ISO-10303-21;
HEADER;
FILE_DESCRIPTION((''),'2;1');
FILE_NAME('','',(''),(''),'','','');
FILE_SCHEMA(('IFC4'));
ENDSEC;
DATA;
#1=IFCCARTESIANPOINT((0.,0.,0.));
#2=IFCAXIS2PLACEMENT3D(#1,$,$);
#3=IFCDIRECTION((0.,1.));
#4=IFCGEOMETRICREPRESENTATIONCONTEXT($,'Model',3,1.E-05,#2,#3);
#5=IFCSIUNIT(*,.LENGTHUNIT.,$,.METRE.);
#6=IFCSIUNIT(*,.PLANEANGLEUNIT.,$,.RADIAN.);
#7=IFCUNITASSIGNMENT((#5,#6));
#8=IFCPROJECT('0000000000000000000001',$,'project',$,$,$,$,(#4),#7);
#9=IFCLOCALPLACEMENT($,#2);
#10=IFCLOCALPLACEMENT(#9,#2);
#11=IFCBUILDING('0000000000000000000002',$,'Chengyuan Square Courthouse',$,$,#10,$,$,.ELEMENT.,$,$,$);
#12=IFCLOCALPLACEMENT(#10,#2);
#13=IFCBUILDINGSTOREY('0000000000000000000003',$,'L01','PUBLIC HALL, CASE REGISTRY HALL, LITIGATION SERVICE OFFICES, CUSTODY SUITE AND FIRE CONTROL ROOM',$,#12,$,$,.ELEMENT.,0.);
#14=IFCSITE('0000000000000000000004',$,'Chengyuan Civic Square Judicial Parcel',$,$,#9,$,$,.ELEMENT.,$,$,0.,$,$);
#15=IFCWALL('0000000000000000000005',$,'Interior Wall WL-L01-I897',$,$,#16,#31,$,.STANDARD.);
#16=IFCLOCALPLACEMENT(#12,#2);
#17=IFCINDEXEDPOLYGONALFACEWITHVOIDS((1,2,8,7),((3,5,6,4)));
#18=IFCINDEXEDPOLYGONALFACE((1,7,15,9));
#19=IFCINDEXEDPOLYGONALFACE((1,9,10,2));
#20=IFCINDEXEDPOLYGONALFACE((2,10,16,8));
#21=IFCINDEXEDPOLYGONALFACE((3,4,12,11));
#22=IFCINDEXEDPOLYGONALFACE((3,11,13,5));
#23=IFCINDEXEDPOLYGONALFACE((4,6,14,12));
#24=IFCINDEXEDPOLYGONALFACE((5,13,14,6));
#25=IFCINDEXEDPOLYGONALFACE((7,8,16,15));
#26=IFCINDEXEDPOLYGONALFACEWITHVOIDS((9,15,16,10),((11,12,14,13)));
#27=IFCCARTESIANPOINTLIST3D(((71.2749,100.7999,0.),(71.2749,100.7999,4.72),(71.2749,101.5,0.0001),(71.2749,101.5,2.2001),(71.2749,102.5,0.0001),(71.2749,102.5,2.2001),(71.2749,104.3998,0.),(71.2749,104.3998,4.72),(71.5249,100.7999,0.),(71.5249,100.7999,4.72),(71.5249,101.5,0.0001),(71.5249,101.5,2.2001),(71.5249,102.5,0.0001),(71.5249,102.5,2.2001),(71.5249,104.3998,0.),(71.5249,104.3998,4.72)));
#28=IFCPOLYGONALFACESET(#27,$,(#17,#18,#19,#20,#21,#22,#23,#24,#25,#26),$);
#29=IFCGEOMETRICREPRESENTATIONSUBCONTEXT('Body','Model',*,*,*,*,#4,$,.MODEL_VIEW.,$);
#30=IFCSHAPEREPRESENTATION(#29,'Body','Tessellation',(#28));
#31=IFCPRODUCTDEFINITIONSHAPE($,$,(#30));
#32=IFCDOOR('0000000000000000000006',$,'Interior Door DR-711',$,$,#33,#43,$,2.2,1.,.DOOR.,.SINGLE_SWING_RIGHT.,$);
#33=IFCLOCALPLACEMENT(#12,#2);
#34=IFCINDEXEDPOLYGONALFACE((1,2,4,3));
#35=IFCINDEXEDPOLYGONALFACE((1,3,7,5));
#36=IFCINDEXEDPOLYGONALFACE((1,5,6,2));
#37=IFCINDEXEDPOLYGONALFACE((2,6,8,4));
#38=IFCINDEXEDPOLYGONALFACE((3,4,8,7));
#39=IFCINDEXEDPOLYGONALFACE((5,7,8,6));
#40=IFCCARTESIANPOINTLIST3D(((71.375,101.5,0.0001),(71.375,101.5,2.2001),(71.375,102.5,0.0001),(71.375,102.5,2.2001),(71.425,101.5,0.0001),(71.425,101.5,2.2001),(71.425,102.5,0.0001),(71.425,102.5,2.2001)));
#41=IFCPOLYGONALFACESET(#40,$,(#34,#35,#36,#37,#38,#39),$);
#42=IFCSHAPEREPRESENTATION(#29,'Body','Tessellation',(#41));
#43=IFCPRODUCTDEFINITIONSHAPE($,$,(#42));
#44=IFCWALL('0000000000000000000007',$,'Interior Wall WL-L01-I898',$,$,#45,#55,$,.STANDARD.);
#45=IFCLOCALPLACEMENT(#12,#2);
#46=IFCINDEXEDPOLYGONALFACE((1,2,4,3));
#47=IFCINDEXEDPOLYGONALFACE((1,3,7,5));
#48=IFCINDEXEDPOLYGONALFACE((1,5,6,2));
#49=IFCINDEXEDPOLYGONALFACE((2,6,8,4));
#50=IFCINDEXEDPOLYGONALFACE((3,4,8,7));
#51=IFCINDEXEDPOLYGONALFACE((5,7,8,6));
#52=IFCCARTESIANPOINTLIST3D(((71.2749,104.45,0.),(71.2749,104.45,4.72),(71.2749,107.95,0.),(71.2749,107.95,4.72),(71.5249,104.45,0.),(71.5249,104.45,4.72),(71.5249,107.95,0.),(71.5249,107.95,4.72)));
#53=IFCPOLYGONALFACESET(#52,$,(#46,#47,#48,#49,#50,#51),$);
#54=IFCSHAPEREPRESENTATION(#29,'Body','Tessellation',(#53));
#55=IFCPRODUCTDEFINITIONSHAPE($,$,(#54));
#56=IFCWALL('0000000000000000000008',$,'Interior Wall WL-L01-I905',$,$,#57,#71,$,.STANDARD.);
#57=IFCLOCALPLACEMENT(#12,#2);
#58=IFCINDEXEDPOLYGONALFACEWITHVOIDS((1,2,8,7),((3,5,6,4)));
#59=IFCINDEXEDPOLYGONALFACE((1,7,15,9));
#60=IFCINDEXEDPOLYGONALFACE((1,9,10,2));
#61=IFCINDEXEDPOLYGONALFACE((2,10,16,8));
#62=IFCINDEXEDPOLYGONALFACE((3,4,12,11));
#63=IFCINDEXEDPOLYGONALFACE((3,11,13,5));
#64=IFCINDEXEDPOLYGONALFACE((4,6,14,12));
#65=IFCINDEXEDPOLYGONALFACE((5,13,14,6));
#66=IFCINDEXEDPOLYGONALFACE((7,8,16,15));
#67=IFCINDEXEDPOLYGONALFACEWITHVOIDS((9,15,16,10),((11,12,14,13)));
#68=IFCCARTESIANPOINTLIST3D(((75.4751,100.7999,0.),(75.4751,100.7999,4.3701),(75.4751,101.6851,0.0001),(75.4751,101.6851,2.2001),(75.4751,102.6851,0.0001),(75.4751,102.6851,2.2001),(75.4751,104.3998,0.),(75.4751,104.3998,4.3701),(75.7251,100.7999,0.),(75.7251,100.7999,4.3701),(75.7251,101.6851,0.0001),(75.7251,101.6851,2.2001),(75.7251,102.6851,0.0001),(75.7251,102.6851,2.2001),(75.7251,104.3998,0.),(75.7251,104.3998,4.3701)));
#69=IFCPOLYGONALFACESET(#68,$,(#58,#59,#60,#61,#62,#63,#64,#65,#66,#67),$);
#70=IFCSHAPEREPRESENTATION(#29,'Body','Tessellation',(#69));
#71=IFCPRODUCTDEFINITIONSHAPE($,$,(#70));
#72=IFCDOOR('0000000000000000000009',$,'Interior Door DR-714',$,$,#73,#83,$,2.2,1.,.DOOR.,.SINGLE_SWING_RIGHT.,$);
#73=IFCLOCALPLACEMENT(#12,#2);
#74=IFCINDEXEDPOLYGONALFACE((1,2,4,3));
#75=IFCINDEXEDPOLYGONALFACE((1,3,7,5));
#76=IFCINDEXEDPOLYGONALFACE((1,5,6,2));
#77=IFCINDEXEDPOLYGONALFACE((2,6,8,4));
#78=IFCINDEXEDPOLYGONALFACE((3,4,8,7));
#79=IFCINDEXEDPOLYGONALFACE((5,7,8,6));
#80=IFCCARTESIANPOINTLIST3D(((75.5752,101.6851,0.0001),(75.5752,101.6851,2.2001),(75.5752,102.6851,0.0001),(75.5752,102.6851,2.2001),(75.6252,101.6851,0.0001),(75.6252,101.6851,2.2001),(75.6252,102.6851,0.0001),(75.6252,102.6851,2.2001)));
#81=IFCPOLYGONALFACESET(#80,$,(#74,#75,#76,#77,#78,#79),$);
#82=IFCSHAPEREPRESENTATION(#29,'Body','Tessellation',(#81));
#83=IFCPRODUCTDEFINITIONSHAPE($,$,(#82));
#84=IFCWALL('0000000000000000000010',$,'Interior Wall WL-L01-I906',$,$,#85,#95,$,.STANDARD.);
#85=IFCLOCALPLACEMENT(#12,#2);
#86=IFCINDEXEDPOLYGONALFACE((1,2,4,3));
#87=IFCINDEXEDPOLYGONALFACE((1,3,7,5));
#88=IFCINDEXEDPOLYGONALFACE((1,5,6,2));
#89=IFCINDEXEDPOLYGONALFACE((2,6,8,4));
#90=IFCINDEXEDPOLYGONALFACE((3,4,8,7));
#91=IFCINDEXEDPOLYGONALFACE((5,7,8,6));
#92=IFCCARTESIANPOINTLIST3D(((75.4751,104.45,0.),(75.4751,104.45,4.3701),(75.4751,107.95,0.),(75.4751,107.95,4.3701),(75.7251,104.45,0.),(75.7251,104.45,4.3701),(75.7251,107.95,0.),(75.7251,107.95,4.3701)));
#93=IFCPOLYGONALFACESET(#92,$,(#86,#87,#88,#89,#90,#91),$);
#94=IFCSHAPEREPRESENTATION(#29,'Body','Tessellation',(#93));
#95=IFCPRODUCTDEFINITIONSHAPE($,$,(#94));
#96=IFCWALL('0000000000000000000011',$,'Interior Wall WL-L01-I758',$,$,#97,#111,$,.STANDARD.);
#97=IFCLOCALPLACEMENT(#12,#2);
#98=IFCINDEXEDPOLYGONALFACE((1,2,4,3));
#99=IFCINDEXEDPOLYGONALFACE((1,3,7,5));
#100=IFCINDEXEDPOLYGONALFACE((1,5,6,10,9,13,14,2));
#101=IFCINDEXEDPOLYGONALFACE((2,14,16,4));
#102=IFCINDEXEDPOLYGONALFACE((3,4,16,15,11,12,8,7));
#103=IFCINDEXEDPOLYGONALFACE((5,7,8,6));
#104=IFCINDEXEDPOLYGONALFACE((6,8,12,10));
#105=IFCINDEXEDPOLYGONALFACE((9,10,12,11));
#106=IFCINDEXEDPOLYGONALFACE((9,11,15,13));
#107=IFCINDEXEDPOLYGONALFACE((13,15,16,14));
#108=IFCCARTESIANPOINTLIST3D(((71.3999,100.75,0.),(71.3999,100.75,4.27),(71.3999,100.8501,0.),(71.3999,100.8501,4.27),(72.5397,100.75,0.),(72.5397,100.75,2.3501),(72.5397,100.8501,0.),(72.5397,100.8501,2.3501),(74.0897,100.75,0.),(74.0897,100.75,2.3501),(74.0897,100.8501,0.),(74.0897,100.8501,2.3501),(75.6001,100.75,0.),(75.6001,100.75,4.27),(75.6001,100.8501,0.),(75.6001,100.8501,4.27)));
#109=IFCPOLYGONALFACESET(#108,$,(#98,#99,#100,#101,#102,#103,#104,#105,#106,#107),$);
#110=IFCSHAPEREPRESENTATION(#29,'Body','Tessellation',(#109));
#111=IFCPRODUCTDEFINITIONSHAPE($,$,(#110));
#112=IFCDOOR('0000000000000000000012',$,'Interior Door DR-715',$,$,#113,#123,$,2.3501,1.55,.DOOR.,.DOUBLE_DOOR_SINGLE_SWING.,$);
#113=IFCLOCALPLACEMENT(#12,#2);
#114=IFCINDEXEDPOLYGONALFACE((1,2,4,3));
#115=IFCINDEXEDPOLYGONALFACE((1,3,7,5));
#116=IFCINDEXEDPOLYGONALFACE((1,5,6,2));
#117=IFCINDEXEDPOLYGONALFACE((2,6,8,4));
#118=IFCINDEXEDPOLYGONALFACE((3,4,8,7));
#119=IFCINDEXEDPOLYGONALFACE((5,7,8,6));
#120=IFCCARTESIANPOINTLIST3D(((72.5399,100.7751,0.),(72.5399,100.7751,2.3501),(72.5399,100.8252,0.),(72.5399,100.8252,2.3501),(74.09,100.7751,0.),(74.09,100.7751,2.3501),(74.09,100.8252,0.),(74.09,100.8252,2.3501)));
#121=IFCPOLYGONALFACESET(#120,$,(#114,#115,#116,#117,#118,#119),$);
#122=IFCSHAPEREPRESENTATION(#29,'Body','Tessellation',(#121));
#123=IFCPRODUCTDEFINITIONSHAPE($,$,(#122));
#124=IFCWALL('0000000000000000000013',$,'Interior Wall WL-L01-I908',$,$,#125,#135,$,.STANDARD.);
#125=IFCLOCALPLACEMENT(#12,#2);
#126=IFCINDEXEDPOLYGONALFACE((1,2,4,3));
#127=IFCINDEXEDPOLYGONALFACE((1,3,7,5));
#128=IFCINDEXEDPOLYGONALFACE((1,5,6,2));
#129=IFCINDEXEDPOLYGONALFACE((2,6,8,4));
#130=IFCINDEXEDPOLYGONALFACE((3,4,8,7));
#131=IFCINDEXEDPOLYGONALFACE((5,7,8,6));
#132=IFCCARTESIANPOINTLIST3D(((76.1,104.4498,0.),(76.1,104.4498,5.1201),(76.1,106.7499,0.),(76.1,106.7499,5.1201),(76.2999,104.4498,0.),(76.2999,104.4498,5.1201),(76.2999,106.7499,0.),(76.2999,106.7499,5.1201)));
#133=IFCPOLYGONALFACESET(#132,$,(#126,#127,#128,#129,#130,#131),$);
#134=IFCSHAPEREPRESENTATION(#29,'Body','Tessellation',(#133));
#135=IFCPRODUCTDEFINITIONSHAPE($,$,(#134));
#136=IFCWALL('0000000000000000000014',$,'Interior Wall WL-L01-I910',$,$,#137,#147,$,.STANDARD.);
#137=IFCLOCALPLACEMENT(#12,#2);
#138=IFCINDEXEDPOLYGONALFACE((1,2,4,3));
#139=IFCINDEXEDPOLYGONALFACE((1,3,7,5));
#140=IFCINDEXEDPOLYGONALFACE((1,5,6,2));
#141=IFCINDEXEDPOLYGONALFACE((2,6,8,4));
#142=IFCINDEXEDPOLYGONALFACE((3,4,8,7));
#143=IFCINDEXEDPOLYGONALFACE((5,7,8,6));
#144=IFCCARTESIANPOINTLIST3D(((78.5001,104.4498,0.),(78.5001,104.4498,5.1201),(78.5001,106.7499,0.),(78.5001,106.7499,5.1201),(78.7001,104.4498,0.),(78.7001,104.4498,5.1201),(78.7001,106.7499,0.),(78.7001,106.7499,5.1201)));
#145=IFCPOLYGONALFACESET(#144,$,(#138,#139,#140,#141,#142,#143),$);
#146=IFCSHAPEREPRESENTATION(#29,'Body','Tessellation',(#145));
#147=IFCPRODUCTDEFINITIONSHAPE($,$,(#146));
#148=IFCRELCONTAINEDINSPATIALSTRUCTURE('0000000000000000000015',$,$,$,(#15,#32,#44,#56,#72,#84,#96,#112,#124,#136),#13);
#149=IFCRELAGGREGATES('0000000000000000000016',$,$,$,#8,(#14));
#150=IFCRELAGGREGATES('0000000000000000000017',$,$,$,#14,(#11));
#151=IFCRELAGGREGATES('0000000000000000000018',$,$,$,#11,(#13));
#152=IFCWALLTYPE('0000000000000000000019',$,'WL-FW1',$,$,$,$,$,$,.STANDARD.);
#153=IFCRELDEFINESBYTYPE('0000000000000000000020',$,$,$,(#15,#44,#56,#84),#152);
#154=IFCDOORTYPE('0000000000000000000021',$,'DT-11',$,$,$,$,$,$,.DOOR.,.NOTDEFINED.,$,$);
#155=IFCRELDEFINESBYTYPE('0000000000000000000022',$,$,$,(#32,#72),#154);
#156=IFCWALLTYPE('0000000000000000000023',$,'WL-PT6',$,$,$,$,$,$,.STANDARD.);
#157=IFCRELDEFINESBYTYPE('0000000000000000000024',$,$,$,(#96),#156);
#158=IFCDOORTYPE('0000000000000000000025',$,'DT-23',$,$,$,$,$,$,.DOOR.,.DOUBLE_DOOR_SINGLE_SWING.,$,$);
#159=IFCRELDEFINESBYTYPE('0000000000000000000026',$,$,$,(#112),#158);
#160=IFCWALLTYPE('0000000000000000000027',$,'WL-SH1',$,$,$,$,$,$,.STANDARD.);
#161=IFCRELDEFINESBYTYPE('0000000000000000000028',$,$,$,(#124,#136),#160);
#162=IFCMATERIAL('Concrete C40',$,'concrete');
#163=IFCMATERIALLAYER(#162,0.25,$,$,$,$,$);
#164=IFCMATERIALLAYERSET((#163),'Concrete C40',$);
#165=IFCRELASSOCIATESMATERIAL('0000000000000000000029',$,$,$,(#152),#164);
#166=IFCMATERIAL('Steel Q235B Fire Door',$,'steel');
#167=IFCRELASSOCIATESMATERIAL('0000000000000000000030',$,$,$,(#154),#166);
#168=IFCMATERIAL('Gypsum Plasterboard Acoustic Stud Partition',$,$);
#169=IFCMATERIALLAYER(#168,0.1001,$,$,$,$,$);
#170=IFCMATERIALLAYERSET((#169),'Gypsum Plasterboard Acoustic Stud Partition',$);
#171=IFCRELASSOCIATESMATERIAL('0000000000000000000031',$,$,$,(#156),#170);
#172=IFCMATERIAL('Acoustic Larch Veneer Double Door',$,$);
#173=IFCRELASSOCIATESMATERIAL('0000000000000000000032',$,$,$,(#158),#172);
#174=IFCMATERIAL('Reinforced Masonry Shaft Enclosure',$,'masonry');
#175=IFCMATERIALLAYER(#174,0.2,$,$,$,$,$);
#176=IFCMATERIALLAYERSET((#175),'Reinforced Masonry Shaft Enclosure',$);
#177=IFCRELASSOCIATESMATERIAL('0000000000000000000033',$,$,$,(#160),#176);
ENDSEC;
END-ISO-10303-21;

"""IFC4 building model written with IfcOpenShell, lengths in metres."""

from ifc_helpers import new_model, si_unit, direction, frame, frame_2d, origin, place, context, subcontext, project, spatial, rectangle, extrude, material, layer, layer_set, type_object, element, fill, save


model = new_model("IFC4")

# Units and contexts
model_context = context("Model", 3, precision=1e-05, world=origin(), true_north=direction((0.0, 1.0)))
body_context = subcontext(model_context, "Body", "Model", "MODEL_VIEW")
ifc_project = project(units=[si_unit("LENGTHUNIT", "METRE"), si_unit("PLANEANGLEUNIT", "RADIAN")], contexts=[model_context])

# Site, building, storey
site_placement = place(None, origin())
site = spatial("IfcSite", under=ifc_project, at=site_placement, Name="Chengyuan Civic Square Judicial Parcel", CompositionType="ELEMENT", RefElevation=0.0)
building_placement = place(site_placement, origin())
building = spatial("IfcBuilding", under=site, at=building_placement, Name="Chengyuan Square Courthouse", CompositionType="ELEMENT")
storey_placement = place(building_placement, origin())
storey = spatial("IfcBuildingStorey", under=building, at=storey_placement, Name="L01", Description="PUBLIC HALL, CASE REGISTRY HALL, LITIGATION SERVICE OFFICES, CUSTODY SUITE AND FIRE CONTROL ROOM", CompositionType="ELEMENT", Elevation=0.0)

# Shared definitions
ifc_material_1 = material(Name="Concrete C40", Category="concrete")

# Shared definitions
ifc_layer_1 = layer(ifc_material_1, 0.25)
ifc_layer_set_1 = layer_set([ifc_layer_1], Name="Concrete C40")
wall_type_1 = type_object("IfcWallType", Name="WL-FW1", PredefinedType="STANDARD", material=ifc_layer_set_1)

# Wall, opening, door
ifc_material_2 = material(Name="Steel Q235B Fire Door", Category="steel")
wall_1_placement = place(storey_placement, frame((71.3999, 100.8, 0.0), z_axis=(0.0, 0.0, 1.0), x_axis=(0.0, 1.0, 0.0)))
wall_1 = element("IfcWall", 1, at=wall_1_placement, inside=storey, type_object=wall_type_1, Name="Interior Wall WL-L01-I897", PredefinedType="STANDARD", context=body_context, shape_type="SweptSolid", body=[
    extrude(rectangle(XDim=3.5999, YDim=0.25, at=frame_2d((1.7998, 0.0))), origin(), (0.0, 0.0, 1.0), 4.72),
])
opening_1_placement = place(wall_1_placement, frame((0.7, 0.0, 0.0)))
opening_1 = element("IfcOpeningElement", 2, at=opening_1_placement, cuts=wall_1, PredefinedType="OPENING", context=body_context, shape_type="SweptSolid", body=[
    extrude(rectangle(XDim=1.0, YDim=2.2, at=frame_2d((0.5, 1.1001))), frame((0.0, 0.137, 0.0), z_axis=(0.0, -1.0, 0.0), x_axis=(1.0, 0.0, 0.0)), (0.0, 0.0, 1.0), 0.2739),
])
door_type_1 = type_object("IfcDoorType", Name="DT-11", OperationType="NOTDEFINED", PredefinedType="DOOR", material=ifc_material_2)
door_1_placement = place(opening_1_placement, origin())
door_1 = element("IfcDoor", 3, at=door_1_placement, inside=storey, type_object=door_type_1, Name="Interior Door DR-711", OperationType="SINGLE_SWING_RIGHT", OverallHeight=2.2, OverallWidth=1.0, PredefinedType="DOOR", context=body_context, shape_type="SweptSolid", body=[
    extrude(rectangle(XDim=1.0, YDim=2.2, at=frame_2d((0.5, 1.1001))), frame((0.0, 0.0249, 0.0), z_axis=(0.0, -1.0, 0.0), x_axis=(1.0, 0.0, 0.0)), (0.0, 0.0, 1.0), 0.05),
])
fill(opening_1, door_1)

# Wall
wall_2_placement = place(storey_placement, frame((71.3999, 104.45, 0.0), z_axis=(0.0, 0.0, 1.0), x_axis=(0.0, 1.0, 0.0)))
element("IfcWall", 4, at=wall_2_placement, inside=storey, type_object=wall_type_1, Name="Interior Wall WL-L01-I898", PredefinedType="STANDARD", context=body_context, shape_type="SweptSolid", body=[
    extrude(rectangle(XDim=3.5, YDim=0.25, at=frame_2d((1.75, 0.0))), origin(), (0.0, 0.0, 1.0), 4.72),
])

# Wall, opening, door
wall_3_placement = place(storey_placement, frame((75.6001, 100.8, 0.0), z_axis=(0.0, 0.0, 1.0), x_axis=(0.0, 1.0, 0.0)))
wall_3 = element("IfcWall", 5, at=wall_3_placement, inside=storey, type_object=wall_type_1, Name="Interior Wall WL-L01-I905", PredefinedType="STANDARD", context=body_context, shape_type="SweptSolid", body=[
    extrude(rectangle(XDim=3.5999, YDim=0.25, at=frame_2d((1.7998, 0.0))), origin(), (0.0, 0.0, 1.0), 4.3701),
])
opening_2_placement = place(wall_3_placement, frame((0.885, 0.0, 0.0)))
opening_2 = element("IfcOpeningElement", 6, at=opening_2_placement, cuts=wall_3, PredefinedType="OPENING", context=body_context, shape_type="SweptSolid", body=[
    extrude(rectangle(XDim=1.0, YDim=2.2, at=frame_2d((0.5, 1.1001))), frame((0.0, 0.137, 0.0), z_axis=(0.0, -1.0, 0.0), x_axis=(1.0, 0.0, 0.0)), (0.0, 0.0, 1.0), 0.2739),
])
door_2_placement = place(opening_2_placement, origin())
door_2 = element("IfcDoor", 7, at=door_2_placement, inside=storey, type_object=door_type_1, Name="Interior Door DR-714", OperationType="SINGLE_SWING_RIGHT", OverallHeight=2.2, OverallWidth=1.0, PredefinedType="DOOR", context=body_context, shape_type="SweptSolid", body=[
    extrude(rectangle(XDim=1.0, YDim=2.2, at=frame_2d((0.5, 1.1001))), frame((0.0, 0.0249, 0.0), z_axis=(0.0, -1.0, 0.0), x_axis=(1.0, 0.0, 0.0)), (0.0, 0.0, 1.0), 0.05),
])
fill(opening_2, door_2)

# Wall
wall_4_placement = place(storey_placement, frame((75.6001, 104.45, 0.0), z_axis=(0.0, 0.0, 1.0), x_axis=(0.0, 1.0, 0.0)))
element("IfcWall", 8, at=wall_4_placement, inside=storey, type_object=wall_type_1, Name="Interior Wall WL-L01-I906", PredefinedType="STANDARD", context=body_context, shape_type="SweptSolid", body=[
    extrude(rectangle(XDim=3.5, YDim=0.25, at=frame_2d((1.75, 0.0))), origin(), (0.0, 0.0, 1.0), 4.3701),
])

# Wall, opening, door
ifc_material_3 = material(Name="Gypsum Plasterboard Acoustic Stud Partition")
ifc_layer_2 = layer(ifc_material_3, 0.1001)
ifc_layer_set_2 = layer_set([ifc_layer_2], Name="Gypsum Plasterboard Acoustic Stud Partition")
wall_type_2 = type_object("IfcWallType", Name="WL-PT6", PredefinedType="STANDARD", material=ifc_layer_set_2)
wall_5_placement = place(storey_placement, frame((71.3999, 100.8, 0.0), z_axis=(0.0, 0.0, 1.0), x_axis=(1.0, 0.0, 0.0)))
wall_5 = element("IfcWall", 9, at=wall_5_placement, inside=storey, type_object=wall_type_2, Name="Interior Wall WL-L01-I758", PredefinedType="STANDARD", context=body_context, shape_type="SweptSolid", body=[
    extrude(rectangle(XDim=4.2002, YDim=0.1001, at=frame_2d((2.1001, 0.0))), origin(), (0.0, 0.0, 1.0), 4.27),
])
opening_3_placement = place(wall_5_placement, frame((1.1399, 0.0, 0.0)))
opening_3 = element("IfcOpeningElement", 10, at=opening_3_placement, cuts=wall_5, PredefinedType="OPENING", context=body_context, shape_type="SweptSolid", body=[
    extrude(rectangle(XDim=1.55, YDim=2.3501, at=frame_2d((0.7749, 1.175))), frame((0.0, 0.062, 0.0), z_axis=(0.0, -1.0, 0.0), x_axis=(1.0, 0.0, 0.0)), (0.0, 0.0, 1.0), 0.124),
])
ifc_material_4 = material(Name="Acoustic Larch Veneer Double Door")
door_type_2 = type_object("IfcDoorType", Name="DT-23", OperationType="DOUBLE_DOOR_SINGLE_SWING", PredefinedType="DOOR", material=ifc_material_4)
door_3_placement = place(opening_3_placement, frame((1.55, 0.0, 0.0), z_axis=(0.0, 0.0, 1.0), x_axis=(-1.0, 0.0, 0.0)))
door_3 = element("IfcDoor", 11, at=door_3_placement, inside=storey, type_object=door_type_2, Name="Interior Door DR-715", OperationType="DOUBLE_DOOR_SINGLE_SWING", OverallHeight=2.3501, OverallWidth=1.55, PredefinedType="DOOR", context=body_context, shape_type="SweptSolid", body=[
    extrude(rectangle(XDim=1.55, YDim=2.3501, at=frame_2d((0.7749, 1.175))), frame((0.0, 0.0249, 0.0), z_axis=(0.0, -1.0, 0.0), x_axis=(1.0, 0.0, 0.0)), (0.0, 0.0, 1.0), 0.05),
])
fill(opening_3, door_3)
ifc_material_5 = material(Name="Reinforced Masonry Shaft Enclosure", Category="masonry")
ifc_layer_3 = layer(ifc_material_5, 0.2)
ifc_layer_set_3 = layer_set([ifc_layer_3], Name="Reinforced Masonry Shaft Enclosure")
wall_type_3 = type_object("IfcWallType", Name="WL-SH1", PredefinedType="STANDARD", material=ifc_layer_set_3)

# Walls
for number, where, z_axis, x_axis, name in (
    (12, (76.2, 104.45, 0.0), (0.0, 0.0, 1.0), (0.0, 1.0, 0.0), "Interior Wall WL-L01-I908"),
    (13, (78.6001, 104.45, 0.0), (0.0, 0.0, 1.0), (0.0, 1.0, 0.0), "Interior Wall WL-L01-I910"),
):
    element("IfcWall", number, at=place(storey_placement, frame(where, z_axis=z_axis, x_axis=x_axis)), inside=storey, type_object=wall_type_3, Name=name, PredefinedType="STANDARD", context=body_context, shape_type="SweptSolid", body=[
        extrude(rectangle(XDim=2.3, YDim=0.2, at=frame_2d((1.1499, 0.0))), origin(), (0.0, 0.0, 1.0), 5.1201),
    ])

save(model, "model.ifc")
